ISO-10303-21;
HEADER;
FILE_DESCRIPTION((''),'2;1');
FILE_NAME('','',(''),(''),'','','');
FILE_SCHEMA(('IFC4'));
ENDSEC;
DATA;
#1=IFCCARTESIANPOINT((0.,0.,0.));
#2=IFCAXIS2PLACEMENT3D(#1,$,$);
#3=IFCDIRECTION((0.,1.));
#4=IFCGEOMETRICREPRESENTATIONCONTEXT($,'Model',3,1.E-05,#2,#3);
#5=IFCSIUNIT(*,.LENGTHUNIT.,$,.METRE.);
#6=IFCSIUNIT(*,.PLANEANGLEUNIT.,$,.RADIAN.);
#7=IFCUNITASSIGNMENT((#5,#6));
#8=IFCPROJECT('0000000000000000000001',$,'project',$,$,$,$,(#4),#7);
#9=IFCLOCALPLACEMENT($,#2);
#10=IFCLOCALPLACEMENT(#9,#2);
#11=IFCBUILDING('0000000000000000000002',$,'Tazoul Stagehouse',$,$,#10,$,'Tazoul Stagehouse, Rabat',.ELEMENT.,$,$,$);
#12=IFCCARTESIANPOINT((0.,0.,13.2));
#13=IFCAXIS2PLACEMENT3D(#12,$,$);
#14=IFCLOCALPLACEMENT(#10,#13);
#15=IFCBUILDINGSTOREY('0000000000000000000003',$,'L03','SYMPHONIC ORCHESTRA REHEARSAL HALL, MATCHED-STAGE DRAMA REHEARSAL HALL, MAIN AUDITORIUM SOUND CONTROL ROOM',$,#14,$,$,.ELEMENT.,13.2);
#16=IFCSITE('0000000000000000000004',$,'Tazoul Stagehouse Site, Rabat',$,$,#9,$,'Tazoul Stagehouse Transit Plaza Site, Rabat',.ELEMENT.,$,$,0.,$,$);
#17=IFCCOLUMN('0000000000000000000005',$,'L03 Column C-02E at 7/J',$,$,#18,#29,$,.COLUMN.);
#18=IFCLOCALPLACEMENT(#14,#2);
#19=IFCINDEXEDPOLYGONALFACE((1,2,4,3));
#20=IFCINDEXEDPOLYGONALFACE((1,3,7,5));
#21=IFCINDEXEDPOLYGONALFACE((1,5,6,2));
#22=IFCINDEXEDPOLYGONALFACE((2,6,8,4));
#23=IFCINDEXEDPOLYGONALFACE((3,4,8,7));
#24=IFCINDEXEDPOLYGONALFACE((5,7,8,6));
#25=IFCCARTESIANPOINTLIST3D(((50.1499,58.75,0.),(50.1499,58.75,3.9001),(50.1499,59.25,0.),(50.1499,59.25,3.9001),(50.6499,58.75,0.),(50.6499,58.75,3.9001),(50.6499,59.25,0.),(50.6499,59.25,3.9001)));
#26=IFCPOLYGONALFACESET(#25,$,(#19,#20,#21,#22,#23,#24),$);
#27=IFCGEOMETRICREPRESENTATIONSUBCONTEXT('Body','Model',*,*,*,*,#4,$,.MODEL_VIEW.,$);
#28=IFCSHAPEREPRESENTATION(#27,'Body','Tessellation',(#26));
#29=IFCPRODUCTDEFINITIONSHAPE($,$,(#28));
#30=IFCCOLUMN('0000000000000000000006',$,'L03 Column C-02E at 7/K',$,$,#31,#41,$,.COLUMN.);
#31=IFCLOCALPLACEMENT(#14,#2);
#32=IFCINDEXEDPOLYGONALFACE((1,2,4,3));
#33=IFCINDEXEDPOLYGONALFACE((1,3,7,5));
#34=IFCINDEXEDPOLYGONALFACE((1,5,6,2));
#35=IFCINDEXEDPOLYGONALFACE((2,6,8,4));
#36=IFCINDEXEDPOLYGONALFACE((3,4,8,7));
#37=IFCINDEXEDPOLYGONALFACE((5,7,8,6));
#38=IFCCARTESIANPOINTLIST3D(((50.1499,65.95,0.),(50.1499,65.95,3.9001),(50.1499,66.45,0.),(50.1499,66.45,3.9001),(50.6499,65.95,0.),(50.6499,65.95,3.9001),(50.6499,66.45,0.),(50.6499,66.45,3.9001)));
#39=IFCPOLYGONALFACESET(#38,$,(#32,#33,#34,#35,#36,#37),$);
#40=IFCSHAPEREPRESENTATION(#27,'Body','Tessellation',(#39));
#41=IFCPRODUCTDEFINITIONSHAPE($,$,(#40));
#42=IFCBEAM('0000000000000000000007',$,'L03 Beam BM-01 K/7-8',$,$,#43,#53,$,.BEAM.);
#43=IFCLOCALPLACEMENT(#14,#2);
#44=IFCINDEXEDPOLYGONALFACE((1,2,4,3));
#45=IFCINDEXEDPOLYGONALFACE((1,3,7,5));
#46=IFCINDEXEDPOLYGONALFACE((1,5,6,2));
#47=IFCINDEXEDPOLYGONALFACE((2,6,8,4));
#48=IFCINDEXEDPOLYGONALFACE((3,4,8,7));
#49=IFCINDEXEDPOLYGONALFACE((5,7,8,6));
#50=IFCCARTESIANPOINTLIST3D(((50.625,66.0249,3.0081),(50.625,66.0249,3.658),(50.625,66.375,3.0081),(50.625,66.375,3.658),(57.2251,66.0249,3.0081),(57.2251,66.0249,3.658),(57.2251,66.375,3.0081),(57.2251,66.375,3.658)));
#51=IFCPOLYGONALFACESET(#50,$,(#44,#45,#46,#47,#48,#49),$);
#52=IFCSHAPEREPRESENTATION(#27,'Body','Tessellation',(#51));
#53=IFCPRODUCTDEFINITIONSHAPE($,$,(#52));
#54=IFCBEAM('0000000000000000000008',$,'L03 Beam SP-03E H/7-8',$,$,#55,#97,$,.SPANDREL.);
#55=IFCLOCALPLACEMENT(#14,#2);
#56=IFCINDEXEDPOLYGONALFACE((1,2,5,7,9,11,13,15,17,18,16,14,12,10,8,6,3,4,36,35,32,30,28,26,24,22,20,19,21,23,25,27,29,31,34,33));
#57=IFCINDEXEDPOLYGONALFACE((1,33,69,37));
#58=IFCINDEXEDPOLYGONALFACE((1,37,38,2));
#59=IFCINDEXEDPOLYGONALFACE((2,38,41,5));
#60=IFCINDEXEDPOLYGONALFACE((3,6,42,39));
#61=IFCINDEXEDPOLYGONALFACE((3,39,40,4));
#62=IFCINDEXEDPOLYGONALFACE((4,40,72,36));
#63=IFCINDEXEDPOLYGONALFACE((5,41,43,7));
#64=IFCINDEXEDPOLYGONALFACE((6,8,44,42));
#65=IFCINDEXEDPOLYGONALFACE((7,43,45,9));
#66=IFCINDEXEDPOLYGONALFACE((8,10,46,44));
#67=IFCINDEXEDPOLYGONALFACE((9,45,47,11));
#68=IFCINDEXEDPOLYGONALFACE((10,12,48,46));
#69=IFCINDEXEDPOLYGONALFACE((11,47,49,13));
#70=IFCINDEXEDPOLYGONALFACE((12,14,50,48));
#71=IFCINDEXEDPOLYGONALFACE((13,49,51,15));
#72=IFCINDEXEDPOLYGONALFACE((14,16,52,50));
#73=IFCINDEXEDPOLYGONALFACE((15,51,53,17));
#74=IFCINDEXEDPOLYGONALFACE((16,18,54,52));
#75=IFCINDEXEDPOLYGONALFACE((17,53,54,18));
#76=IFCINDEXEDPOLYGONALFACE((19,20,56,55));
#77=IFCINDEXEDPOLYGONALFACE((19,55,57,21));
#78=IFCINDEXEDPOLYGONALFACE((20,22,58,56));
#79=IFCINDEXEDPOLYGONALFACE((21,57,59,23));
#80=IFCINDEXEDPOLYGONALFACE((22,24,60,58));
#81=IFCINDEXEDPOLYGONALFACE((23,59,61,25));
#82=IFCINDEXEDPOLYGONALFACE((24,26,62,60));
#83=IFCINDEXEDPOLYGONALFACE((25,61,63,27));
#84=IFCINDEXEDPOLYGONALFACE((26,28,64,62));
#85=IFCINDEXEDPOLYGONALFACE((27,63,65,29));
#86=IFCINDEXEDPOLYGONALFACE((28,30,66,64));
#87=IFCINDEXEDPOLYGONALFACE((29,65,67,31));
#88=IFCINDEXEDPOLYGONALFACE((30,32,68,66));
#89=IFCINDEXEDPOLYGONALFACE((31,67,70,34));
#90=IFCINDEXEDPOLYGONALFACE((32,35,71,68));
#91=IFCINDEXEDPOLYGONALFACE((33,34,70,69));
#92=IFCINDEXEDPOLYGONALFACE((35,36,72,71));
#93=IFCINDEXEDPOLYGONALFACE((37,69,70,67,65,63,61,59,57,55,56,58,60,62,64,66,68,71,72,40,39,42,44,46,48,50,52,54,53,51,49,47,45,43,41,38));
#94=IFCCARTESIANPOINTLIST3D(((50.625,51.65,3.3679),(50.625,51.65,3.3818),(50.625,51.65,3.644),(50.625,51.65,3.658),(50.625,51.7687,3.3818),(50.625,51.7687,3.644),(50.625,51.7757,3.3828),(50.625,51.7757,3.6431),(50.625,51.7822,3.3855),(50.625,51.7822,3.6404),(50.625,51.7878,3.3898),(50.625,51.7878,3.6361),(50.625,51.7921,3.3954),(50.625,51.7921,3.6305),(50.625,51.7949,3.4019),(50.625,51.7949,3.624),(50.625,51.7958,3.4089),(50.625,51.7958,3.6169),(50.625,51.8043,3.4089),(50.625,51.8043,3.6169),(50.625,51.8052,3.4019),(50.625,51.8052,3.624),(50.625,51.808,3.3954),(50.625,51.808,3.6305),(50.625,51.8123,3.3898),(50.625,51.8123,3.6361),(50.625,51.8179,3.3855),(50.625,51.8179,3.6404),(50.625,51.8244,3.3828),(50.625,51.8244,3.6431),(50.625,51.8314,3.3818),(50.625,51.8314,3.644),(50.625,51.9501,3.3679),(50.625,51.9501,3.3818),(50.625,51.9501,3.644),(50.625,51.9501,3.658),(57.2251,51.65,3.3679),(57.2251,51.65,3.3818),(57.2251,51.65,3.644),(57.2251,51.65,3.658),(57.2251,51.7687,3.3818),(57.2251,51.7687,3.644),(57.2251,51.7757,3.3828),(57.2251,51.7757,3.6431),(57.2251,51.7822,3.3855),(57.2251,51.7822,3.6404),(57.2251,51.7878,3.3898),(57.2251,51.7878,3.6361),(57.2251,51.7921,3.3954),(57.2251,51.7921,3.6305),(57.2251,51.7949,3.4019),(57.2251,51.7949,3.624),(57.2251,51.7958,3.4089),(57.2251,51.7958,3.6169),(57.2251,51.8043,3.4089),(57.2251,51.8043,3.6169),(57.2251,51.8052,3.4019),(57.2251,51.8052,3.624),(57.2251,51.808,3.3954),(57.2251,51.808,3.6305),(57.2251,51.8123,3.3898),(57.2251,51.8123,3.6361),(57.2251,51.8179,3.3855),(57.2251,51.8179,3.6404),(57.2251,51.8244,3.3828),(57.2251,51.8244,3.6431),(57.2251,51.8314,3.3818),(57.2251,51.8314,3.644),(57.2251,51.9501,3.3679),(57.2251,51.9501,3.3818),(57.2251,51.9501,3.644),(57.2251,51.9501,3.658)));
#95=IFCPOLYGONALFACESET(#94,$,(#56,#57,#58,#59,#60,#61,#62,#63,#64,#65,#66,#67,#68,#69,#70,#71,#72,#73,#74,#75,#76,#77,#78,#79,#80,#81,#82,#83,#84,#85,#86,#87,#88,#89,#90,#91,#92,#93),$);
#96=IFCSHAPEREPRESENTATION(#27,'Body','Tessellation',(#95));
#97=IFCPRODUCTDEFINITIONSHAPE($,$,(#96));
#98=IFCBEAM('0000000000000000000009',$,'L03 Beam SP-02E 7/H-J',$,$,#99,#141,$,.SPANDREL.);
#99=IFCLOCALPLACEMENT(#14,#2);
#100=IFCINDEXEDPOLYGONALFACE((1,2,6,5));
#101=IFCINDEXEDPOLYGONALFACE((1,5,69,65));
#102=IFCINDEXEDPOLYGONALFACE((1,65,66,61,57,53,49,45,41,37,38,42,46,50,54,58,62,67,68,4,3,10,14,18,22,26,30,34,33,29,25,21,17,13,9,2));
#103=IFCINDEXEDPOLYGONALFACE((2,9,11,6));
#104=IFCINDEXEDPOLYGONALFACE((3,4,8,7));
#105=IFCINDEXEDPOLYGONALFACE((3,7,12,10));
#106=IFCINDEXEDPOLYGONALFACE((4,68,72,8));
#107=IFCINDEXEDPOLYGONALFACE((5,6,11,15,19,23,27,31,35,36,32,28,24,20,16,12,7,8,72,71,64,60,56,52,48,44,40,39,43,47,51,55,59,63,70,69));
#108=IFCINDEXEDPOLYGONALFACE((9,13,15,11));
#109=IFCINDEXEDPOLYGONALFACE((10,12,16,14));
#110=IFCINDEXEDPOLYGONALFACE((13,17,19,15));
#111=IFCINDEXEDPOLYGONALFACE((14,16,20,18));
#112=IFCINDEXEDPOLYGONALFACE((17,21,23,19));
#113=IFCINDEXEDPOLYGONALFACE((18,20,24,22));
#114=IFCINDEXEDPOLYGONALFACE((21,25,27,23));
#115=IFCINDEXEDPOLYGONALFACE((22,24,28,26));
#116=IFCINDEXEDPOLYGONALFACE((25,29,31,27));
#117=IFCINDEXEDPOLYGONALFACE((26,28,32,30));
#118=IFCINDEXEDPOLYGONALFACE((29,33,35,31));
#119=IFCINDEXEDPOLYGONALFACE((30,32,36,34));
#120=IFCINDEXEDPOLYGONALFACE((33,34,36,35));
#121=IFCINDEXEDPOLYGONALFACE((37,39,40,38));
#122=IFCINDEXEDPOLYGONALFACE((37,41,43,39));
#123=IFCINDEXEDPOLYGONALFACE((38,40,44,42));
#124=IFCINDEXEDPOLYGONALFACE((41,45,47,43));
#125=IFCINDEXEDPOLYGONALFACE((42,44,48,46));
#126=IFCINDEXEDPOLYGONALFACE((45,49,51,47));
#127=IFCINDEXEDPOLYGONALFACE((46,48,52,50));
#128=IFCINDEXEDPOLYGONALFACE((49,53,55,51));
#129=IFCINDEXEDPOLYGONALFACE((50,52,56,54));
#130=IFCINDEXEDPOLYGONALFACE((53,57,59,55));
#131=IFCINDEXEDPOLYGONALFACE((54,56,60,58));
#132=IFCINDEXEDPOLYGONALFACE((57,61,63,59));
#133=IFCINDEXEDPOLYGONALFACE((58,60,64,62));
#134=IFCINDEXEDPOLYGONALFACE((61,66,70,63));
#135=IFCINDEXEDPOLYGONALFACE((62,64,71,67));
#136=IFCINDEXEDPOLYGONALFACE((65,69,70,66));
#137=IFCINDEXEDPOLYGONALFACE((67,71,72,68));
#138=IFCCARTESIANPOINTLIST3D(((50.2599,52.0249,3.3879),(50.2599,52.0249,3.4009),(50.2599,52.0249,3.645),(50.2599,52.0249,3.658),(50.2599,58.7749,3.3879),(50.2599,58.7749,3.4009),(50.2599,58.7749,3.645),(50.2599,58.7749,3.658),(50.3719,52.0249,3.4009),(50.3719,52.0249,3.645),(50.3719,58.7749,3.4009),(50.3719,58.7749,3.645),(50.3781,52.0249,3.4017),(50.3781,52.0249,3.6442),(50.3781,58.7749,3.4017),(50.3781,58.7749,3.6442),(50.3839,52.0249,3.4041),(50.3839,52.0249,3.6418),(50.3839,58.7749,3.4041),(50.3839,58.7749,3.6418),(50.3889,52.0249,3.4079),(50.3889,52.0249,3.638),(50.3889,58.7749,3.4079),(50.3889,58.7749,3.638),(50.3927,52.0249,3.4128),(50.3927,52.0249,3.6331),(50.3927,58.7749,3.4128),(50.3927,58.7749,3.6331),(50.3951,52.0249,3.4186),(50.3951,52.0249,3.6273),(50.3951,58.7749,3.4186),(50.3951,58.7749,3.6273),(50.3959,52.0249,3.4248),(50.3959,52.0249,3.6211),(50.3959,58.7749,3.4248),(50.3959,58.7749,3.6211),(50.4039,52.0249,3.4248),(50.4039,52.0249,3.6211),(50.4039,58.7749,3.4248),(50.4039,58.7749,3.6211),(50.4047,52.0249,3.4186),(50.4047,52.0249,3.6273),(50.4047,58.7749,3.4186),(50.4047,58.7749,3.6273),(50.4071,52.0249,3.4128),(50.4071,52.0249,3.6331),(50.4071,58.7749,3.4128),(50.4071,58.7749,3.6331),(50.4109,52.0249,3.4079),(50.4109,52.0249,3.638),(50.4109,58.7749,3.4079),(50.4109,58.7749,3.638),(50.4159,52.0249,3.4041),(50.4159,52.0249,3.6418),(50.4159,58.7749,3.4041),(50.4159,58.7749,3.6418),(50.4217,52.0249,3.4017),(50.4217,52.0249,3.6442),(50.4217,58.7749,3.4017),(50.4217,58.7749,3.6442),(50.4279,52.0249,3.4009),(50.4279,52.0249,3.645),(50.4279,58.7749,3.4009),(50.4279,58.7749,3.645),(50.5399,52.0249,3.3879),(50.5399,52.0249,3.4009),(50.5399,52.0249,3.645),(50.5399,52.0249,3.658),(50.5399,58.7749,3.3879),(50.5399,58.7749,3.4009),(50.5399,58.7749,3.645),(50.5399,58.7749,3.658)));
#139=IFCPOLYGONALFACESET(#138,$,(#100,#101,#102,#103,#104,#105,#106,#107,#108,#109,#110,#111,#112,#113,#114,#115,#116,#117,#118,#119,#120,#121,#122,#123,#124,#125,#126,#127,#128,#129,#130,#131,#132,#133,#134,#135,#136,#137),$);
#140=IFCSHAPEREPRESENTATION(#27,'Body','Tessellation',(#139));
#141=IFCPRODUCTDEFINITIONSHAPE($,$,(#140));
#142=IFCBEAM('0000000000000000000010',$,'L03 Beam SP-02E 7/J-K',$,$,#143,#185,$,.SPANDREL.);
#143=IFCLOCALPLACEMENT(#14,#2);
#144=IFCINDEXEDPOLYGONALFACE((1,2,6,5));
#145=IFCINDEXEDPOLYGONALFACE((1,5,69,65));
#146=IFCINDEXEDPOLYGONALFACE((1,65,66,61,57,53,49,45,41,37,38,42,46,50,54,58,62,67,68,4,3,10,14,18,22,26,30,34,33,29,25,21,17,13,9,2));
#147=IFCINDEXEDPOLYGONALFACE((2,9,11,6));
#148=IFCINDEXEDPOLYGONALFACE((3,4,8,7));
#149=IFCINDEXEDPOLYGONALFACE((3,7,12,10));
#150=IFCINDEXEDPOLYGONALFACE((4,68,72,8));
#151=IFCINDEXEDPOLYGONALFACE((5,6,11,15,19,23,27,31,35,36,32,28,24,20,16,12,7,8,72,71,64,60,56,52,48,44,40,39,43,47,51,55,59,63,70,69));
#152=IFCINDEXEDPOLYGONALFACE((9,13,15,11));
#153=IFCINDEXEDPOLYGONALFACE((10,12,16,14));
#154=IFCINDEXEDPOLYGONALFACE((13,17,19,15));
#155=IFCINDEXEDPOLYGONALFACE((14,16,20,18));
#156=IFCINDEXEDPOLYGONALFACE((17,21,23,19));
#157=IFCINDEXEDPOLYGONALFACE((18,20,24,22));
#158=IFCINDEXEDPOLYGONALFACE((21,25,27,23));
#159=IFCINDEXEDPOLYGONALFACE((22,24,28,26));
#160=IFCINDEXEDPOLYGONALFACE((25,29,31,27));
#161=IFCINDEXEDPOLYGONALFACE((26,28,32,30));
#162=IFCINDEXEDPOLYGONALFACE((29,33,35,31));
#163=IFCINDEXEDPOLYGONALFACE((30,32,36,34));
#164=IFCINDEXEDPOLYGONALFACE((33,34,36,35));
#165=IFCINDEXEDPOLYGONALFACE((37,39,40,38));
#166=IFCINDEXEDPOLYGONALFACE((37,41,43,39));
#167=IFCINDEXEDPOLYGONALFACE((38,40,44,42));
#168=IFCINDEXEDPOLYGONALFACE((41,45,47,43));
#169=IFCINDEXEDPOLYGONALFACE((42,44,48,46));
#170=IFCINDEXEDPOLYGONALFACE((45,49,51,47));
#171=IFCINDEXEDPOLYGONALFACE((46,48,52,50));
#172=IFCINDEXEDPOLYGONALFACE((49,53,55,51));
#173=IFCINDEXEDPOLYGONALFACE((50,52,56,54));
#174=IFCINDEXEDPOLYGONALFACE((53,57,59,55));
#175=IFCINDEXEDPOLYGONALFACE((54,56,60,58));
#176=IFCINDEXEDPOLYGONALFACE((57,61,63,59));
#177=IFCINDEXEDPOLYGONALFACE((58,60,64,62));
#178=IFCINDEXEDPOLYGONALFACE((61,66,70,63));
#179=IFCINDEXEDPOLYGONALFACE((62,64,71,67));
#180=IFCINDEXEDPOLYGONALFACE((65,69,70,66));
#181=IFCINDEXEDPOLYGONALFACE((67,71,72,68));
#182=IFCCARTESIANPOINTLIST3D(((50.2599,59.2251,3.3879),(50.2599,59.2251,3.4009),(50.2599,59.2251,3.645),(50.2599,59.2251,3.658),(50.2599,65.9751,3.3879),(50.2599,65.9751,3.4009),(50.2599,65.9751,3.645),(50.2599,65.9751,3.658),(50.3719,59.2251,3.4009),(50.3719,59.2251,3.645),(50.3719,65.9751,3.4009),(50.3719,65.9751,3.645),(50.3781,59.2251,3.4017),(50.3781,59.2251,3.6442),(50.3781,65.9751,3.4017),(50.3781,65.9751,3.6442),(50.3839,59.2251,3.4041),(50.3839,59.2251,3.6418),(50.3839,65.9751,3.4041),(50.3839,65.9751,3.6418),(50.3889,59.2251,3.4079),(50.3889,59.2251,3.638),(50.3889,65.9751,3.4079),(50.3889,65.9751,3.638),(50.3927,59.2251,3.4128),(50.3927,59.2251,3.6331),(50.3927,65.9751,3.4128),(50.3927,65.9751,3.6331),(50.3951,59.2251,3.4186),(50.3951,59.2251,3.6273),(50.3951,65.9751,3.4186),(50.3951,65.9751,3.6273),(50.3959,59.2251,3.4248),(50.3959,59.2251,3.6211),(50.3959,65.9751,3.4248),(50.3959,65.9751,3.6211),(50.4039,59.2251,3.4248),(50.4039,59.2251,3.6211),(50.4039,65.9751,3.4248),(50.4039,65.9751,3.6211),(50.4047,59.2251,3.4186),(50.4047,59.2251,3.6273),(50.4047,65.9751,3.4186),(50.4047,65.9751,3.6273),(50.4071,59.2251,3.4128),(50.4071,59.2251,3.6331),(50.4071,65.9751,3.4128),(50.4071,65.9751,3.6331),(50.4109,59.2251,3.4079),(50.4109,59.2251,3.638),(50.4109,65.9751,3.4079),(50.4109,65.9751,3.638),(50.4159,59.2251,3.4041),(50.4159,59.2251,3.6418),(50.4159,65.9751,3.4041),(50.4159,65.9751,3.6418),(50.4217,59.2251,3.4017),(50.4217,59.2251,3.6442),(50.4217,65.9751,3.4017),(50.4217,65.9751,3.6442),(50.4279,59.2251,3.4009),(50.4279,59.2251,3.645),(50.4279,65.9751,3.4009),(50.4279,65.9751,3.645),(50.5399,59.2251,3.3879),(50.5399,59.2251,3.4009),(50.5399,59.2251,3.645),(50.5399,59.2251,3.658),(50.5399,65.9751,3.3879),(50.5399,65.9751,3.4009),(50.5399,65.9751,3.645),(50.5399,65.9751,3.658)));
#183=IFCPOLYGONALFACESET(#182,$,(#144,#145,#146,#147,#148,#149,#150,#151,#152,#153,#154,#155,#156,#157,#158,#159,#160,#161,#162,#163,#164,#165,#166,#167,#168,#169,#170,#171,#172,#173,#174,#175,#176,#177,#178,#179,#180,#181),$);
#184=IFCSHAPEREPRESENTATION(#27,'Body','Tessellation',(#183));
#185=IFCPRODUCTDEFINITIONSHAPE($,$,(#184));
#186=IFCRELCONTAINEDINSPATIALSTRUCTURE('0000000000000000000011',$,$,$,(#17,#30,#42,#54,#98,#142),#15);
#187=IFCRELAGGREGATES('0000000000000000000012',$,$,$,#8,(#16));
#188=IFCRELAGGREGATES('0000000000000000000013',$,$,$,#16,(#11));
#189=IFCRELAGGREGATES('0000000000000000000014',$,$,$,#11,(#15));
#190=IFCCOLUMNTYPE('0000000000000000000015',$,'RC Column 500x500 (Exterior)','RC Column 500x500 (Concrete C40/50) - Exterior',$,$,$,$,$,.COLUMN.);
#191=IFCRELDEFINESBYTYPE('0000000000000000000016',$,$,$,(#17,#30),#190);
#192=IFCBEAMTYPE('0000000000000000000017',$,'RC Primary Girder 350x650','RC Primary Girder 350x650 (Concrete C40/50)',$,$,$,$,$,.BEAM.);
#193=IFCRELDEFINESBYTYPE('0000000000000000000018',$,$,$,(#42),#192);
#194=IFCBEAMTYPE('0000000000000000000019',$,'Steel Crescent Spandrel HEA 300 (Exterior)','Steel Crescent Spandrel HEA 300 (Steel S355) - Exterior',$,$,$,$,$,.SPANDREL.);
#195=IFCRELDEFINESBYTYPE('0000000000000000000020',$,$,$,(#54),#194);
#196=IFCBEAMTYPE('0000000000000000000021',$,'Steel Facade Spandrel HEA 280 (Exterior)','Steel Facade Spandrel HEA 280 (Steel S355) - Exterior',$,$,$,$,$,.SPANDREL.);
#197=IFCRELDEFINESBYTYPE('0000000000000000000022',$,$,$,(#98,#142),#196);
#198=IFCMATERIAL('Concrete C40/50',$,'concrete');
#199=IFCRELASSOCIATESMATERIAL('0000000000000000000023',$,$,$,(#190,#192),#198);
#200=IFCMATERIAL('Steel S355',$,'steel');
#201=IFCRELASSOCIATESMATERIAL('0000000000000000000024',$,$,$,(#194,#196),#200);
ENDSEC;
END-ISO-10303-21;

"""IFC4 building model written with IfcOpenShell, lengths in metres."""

from ifc_helpers import new_model, si_unit, direction, frame, origin, origin_2d, place, context, subcontext, project, spatial, rectangle, i_section, extrude, material, material_profile, profile_set, type_object, element, save


model = new_model("IFC4")

# Units and contexts
model_context = context("Model", 3, precision=1e-05, world=origin(), true_north=direction((0.0, 1.0)))
body_context = subcontext(model_context, "Body", "Model", "MODEL_VIEW")
ifc_project = project(units=[si_unit("LENGTHUNIT", "METRE"), si_unit("PLANEANGLEUNIT", "RADIAN")], contexts=[model_context])

# Site, building, storey
site_placement = place(None, origin())
site = spatial("IfcSite", under=ifc_project, at=site_placement, Name="Tazoul Stagehouse Site, Rabat", LongName="Tazoul Stagehouse Transit Plaza Site, Rabat", CompositionType="ELEMENT", RefElevation=0.0)
building_placement = place(site_placement, origin())
building = spatial("IfcBuilding", under=site, at=building_placement, Name="Tazoul Stagehouse", LongName="Tazoul Stagehouse, Rabat", CompositionType="ELEMENT")
storey_placement = place(building_placement, frame((0.0, 0.0, 13.2)))
storey = spatial("IfcBuildingStorey", under=building, at=storey_placement, Name="L03", Description="SYMPHONIC ORCHESTRA REHEARSAL HALL, MATCHED-STAGE DRAMA REHEARSAL HALL, MAIN AUDITORIUM SOUND CONTROL ROOM", CompositionType="ELEMENT", Elevation=13.2)

# Columns
ifc_material_1 = material(Name="Concrete C40/50", Category="concrete")
ifc_material_profile_1 = material_profile(ifc_material_1, rectangle(XDim=0.5, YDim=0.5, at=origin_2d()), Name="RC 500x500")
ifc_profile_set_1 = profile_set([ifc_material_profile_1], Name="Concrete C40/50")
column_type = type_object("IfcColumnType", Name="RC Column 500x500 (Exterior)", Description="RC Column 500x500 (Concrete C40/50) - Exterior", PredefinedType="COLUMN", material=ifc_profile_set_1)
for number, where, z_axis, x_axis, name in (
    (1, (50.3999, 59.0, 0.0), (0.0, 0.0, 1.0), (1.0, 0.0, 0.0), "L03 Column C-02E at 7/J"),
    (2, (50.3999, 66.2, 0.0), (0.0, 0.0, 1.0), (1.0, 0.0, 0.0), "L03 Column C-02E at 7/K"),
):
    element("IfcColumn", number, at=place(storey_placement, frame(where, z_axis=z_axis, x_axis=x_axis)), inside=storey, type_object=column_type, Name=name, PredefinedType="COLUMN", context=body_context, shape_type="SweptSolid", body=[
        extrude(rectangle(XDim=0.5, YDim=0.5, at=origin_2d()), origin(), (0.0, 0.0, 1.0), 3.9001),
    ])

# Beams
ifc_material_profile_2 = material_profile(ifc_material_1, rectangle(XDim=0.3501, YDim=0.6499, at=origin_2d()), Name="RC 350x650")
ifc_profile_set_2 = profile_set([ifc_material_profile_2], Name="Concrete C40/50")
beam_type_1 = type_object("IfcBeamType", Name="RC Primary Girder 350x650", Description="RC Primary Girder 350x650 (Concrete C40/50)", PredefinedType="BEAM", material=ifc_profile_set_2)
beam_1_placement = place(storey_placement, frame((50.625, 66.2, 3.333), z_axis=(1.0, 0.0, 0.0), x_axis=(0.0, 1.0, 0.0)))
element("IfcBeam", 3, at=beam_1_placement, inside=storey, type_object=beam_type_1, Name="L03 Beam BM-01 K/7-8", PredefinedType="BEAM", context=body_context, shape_type="SweptSolid", body=[
    extrude(rectangle(XDim=0.3501, YDim=0.6499, at=origin_2d()), origin(), (0.0, 0.0, 1.0), 6.6001),
])
ifc_material_2 = material(Name="Steel S355", Category="steel")
ifc_material_profile_3 = material_profile(ifc_material_2, i_section(OverallWidth=0.3, OverallDepth=0.29, WebThickness=0.0085, FlangeThickness=0.0139, FilletRadius=0.0271, at=origin_2d()), Name="HEA 300")
ifc_profile_set_3 = profile_set([ifc_material_profile_3], Name="Steel S355")
beam_type_2 = type_object("IfcBeamType", Name="Steel Crescent Spandrel HEA 300 (Exterior)", Description="Steel Crescent Spandrel HEA 300 (Steel S355) - Exterior", PredefinedType="SPANDREL", material=ifc_profile_set_3)
beam_2_placement = place(storey_placement, frame((50.625, 51.8, 3.5129), z_axis=(1.0, 0.0, 0.0), x_axis=(0.0, 1.0, 0.0)))
element("IfcBeam", 4, at=beam_2_placement, inside=storey, type_object=beam_type_2, Name="L03 Beam SP-03E H/7-8", PredefinedType="SPANDREL", context=body_context, shape_type="SweptSolid", body=[
    extrude(i_section(OverallWidth=0.3, OverallDepth=0.29, WebThickness=0.0085, FlangeThickness=0.0139, FilletRadius=0.0271, at=origin_2d()), origin(), (0.0, 0.0, 1.0), 6.6001),
])
ifc_material_profile_4 = material_profile(ifc_material_2, i_section(OverallWidth=0.28, OverallDepth=0.27, WebThickness=0.0081, FlangeThickness=0.0129, FilletRadius=0.0239, at=origin_2d()), Name="HEA 280")
ifc_profile_set_4 = profile_set([ifc_material_profile_4], Name="Steel S355")
beam_type_3 = type_object("IfcBeamType", Name="Steel Facade Spandrel HEA 280 (Exterior)", Description="Steel Facade Spandrel HEA 280 (Steel S355) - Exterior", PredefinedType="SPANDREL", material=ifc_profile_set_4)
for number, where, z_axis, x_axis, name in (
    (5, (50.3999, 52.0249, 3.5229), (0.0, 1.0, 0.0), (-1.0, 0.0, 0.0), "L03 Beam SP-02E 7/H-J"),
    (6, (50.3999, 59.2251, 3.5229), (0.0, 1.0, 0.0), (-1.0, 0.0, 0.0), "L03 Beam SP-02E 7/J-K"),
):
    element("IfcBeam", number, at=place(storey_placement, frame(where, z_axis=z_axis, x_axis=x_axis)), inside=storey, type_object=beam_type_3, Name=name, PredefinedType="SPANDREL", context=body_context, shape_type="SweptSolid", body=[
        extrude(i_section(OverallWidth=0.28, OverallDepth=0.27, WebThickness=0.0081, FlangeThickness=0.0129, FilletRadius=0.0239, at=origin_2d()), origin(), (0.0, 0.0, 1.0), 6.75),
    ])

save(model, "model.ifc")
